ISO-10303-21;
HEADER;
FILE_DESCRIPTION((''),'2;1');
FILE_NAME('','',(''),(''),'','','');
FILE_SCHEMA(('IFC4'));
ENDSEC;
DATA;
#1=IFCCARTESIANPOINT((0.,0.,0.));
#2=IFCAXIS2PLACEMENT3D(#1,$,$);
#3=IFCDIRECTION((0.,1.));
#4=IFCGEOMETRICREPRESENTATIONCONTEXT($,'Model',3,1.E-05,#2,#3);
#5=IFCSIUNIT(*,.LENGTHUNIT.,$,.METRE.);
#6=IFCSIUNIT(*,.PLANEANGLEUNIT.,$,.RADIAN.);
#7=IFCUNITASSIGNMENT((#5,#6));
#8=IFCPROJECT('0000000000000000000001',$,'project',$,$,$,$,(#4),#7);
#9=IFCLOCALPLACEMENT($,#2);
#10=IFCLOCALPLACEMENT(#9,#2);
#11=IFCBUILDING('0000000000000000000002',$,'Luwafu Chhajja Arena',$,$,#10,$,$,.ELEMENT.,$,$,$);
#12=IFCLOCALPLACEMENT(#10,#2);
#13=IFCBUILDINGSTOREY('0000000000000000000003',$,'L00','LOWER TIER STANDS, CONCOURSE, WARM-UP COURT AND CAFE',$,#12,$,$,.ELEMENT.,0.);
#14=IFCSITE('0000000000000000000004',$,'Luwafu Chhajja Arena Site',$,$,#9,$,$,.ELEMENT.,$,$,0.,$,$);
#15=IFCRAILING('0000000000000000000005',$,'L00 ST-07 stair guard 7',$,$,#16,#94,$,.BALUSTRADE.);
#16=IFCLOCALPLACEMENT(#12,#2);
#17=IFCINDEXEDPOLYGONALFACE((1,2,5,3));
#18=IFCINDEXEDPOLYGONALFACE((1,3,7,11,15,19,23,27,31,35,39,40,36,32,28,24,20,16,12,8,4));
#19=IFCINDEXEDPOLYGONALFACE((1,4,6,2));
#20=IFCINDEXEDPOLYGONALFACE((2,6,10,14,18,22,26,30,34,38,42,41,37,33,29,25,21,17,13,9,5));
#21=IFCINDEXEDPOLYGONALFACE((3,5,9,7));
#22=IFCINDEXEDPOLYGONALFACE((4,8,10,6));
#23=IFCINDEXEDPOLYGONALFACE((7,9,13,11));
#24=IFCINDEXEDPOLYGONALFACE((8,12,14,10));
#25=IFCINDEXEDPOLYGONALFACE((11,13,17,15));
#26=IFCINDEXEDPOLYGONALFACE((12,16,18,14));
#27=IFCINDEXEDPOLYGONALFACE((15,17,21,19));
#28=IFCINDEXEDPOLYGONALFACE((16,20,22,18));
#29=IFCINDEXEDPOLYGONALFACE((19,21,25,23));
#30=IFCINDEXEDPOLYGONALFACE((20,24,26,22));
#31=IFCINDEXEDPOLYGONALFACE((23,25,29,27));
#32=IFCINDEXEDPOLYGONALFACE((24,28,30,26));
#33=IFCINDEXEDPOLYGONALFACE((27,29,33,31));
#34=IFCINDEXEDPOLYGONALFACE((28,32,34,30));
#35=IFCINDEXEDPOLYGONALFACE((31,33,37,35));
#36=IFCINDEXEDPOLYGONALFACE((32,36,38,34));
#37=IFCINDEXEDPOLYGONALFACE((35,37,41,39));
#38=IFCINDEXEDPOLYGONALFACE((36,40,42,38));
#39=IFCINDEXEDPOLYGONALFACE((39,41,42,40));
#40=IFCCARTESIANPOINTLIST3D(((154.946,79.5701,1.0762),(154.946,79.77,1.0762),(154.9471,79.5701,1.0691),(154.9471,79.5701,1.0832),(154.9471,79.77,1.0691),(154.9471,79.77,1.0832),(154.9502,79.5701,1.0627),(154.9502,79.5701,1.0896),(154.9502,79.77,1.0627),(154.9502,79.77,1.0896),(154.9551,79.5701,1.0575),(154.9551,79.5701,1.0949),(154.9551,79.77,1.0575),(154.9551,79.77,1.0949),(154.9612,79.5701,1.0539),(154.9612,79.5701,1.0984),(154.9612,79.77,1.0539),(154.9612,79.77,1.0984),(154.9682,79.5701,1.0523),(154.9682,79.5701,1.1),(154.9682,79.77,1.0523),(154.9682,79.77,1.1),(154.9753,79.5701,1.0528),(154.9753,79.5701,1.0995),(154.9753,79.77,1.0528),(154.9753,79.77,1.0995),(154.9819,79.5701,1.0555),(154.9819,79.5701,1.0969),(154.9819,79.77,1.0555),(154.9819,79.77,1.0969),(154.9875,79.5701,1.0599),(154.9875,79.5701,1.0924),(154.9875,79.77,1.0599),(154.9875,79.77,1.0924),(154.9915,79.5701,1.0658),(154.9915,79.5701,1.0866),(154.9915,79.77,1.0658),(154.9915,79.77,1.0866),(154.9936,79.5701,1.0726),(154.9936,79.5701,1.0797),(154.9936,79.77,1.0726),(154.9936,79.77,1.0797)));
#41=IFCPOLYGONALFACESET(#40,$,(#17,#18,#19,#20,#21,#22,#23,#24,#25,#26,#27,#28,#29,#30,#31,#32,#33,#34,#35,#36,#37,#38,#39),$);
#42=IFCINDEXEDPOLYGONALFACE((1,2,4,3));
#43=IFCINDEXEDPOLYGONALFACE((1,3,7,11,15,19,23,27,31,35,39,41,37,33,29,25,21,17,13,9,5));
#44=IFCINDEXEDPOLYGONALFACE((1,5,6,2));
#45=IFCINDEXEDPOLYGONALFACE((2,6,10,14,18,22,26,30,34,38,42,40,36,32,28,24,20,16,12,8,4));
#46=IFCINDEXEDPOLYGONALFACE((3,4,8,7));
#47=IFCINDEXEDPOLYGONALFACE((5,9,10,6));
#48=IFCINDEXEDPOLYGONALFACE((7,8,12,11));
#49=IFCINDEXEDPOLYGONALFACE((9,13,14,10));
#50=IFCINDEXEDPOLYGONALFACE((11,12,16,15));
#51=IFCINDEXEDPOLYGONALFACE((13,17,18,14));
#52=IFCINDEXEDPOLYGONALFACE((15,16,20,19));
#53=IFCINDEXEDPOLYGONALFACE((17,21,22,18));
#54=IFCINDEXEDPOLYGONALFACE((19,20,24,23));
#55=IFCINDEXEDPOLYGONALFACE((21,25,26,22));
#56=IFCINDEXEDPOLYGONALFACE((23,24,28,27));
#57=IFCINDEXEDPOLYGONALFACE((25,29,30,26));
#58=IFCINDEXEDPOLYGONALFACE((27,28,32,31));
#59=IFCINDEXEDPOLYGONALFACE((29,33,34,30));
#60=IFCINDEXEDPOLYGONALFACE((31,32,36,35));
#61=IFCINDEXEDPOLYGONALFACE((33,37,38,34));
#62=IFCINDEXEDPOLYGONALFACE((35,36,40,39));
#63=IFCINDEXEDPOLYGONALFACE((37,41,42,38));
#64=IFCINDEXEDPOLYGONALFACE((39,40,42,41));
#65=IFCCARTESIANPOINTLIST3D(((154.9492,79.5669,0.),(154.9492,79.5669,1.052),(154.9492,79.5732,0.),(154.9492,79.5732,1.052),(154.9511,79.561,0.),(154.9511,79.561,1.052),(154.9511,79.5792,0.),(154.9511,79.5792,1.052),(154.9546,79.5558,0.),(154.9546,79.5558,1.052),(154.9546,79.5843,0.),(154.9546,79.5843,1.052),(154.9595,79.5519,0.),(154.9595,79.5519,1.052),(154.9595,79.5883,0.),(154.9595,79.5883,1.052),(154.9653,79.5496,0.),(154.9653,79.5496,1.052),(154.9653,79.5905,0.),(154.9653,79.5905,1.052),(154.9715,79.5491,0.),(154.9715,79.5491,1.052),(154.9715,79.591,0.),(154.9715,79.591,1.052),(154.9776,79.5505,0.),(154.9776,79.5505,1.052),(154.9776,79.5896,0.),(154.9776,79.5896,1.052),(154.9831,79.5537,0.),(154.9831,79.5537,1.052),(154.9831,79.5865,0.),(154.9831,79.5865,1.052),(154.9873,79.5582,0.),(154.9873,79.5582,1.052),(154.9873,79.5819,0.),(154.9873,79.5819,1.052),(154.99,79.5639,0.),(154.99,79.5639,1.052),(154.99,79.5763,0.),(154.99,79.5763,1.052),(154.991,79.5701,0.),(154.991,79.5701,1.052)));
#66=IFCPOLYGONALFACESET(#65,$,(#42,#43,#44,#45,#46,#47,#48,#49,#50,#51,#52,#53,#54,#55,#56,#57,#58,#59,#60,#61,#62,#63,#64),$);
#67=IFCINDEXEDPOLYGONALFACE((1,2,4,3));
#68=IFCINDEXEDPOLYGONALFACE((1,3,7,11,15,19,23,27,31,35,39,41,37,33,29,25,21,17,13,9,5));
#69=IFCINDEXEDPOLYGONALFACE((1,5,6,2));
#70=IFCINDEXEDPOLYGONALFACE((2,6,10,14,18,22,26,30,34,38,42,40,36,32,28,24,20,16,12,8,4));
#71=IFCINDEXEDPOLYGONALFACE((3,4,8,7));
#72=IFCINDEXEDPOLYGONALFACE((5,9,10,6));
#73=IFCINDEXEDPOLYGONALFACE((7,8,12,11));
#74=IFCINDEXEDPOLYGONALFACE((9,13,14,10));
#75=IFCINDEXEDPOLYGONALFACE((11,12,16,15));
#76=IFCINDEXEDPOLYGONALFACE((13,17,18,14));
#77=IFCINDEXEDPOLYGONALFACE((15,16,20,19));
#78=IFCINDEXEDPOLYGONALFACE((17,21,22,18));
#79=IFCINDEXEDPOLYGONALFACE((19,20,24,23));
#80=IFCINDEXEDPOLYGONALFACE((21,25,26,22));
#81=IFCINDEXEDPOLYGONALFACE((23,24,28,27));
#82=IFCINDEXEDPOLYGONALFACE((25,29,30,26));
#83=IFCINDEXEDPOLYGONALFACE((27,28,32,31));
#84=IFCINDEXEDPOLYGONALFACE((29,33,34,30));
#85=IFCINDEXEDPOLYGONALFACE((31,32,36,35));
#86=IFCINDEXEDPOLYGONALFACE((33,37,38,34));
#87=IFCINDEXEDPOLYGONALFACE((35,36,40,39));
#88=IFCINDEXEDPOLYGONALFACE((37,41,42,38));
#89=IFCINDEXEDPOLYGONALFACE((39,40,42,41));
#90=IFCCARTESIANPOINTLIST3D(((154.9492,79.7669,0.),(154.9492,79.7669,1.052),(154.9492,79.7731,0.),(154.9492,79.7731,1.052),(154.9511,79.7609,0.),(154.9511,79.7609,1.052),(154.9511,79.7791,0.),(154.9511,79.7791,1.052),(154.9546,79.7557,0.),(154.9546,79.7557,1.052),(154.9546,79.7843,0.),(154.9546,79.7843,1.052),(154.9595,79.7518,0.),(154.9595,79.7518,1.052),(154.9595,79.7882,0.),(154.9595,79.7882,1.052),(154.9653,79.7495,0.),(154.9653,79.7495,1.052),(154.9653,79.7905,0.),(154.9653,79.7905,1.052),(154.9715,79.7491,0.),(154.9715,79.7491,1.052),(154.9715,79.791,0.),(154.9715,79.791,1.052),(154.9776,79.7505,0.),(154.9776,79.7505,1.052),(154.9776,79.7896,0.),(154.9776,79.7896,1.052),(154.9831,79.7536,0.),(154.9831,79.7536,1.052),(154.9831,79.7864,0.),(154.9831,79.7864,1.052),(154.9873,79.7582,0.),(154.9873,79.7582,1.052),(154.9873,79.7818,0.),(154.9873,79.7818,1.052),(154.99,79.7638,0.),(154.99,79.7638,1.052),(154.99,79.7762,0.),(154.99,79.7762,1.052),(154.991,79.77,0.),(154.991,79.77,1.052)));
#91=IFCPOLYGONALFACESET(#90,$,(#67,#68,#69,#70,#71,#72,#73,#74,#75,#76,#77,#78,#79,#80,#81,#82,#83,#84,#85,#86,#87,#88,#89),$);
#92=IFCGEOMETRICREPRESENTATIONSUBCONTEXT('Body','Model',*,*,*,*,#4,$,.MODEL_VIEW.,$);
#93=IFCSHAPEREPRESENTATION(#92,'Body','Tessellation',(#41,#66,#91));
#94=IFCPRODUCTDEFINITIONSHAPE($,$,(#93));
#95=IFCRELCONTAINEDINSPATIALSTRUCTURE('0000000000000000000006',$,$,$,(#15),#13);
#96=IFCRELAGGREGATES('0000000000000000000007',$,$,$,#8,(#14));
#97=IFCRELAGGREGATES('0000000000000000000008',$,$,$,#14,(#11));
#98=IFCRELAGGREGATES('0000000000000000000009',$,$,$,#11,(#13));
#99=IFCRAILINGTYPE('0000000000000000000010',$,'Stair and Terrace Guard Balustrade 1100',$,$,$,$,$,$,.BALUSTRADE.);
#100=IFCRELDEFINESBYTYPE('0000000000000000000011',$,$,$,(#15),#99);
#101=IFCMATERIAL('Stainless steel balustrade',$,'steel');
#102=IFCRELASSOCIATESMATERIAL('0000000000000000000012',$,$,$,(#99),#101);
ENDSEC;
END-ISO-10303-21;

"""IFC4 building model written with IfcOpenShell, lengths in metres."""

from ifc_helpers import new_model, si_unit, direction, frame, origin, origin_2d, place, context, subcontext, project, spatial, circle, extrude, material, type_object, element, save


model = new_model("IFC4")

# Units and contexts
model_context = context("Model", 3, precision=1e-05, world=origin(), true_north=direction((0.0, 1.0)))
body_context = subcontext(model_context, "Body", "Model", "MODEL_VIEW")
ifc_project = project(units=[si_unit("LENGTHUNIT", "METRE"), si_unit("PLANEANGLEUNIT", "RADIAN")], contexts=[model_context])

# Site, building, storey
site_placement = place(None, origin())
site = spatial("IfcSite", under=ifc_project, at=site_placement, Name="Luwafu Chhajja Arena Site", CompositionType="ELEMENT", RefElevation=0.0)
building_placement = place(site_placement, origin())
building = spatial("IfcBuilding", under=site, at=building_placement, Name="Luwafu Chhajja Arena", CompositionType="ELEMENT")
storey_placement = place(building_placement, origin())
storey = spatial("IfcBuildingStorey", under=building, at=storey_placement, Name="L00", Description="LOWER TIER STANDS, CONCOURSE, WARM-UP COURT AND CAFE", CompositionType="ELEMENT", Elevation=0.0)

# Railing
ifc_material_1 = material(Name="Stainless steel balustrade", Category="steel")
railing_type_1 = type_object("IfcRailingType", Name="Stair and Terrace Guard Balustrade 1100", PredefinedType="BALUSTRADE", material=ifc_material_1)
railing_1_placement = place(storey_placement, frame((154.97, 79.5701, 0.0)))
element("IfcRailing", 1, at=railing_1_placement, inside=storey, type_object=railing_type_1, Name="L00 ST-07 stair guard 7", PredefinedType="BALUSTRADE", context=body_context, shape_type="SweptSolid", body=[
    extrude(circle(Radius=0.0239, at=origin_2d()), frame((0.0, 0.0, 1.0762), z_axis=(0.0, 1.0, 0.0), x_axis=(-1.0, 0.0, 0.0)), (0.0, 0.0, 1.0), 0.2),
    extrude(circle(Radius=0.021, at=origin_2d()), origin(), (0.0, 0.0, 1.0), 1.052),
    extrude(circle(Radius=0.021, at=origin_2d()), frame((0.0, 0.2, 0.0)), (0.0, 0.0, 1.0), 1.052),
])

save(model, "model.ifc")
